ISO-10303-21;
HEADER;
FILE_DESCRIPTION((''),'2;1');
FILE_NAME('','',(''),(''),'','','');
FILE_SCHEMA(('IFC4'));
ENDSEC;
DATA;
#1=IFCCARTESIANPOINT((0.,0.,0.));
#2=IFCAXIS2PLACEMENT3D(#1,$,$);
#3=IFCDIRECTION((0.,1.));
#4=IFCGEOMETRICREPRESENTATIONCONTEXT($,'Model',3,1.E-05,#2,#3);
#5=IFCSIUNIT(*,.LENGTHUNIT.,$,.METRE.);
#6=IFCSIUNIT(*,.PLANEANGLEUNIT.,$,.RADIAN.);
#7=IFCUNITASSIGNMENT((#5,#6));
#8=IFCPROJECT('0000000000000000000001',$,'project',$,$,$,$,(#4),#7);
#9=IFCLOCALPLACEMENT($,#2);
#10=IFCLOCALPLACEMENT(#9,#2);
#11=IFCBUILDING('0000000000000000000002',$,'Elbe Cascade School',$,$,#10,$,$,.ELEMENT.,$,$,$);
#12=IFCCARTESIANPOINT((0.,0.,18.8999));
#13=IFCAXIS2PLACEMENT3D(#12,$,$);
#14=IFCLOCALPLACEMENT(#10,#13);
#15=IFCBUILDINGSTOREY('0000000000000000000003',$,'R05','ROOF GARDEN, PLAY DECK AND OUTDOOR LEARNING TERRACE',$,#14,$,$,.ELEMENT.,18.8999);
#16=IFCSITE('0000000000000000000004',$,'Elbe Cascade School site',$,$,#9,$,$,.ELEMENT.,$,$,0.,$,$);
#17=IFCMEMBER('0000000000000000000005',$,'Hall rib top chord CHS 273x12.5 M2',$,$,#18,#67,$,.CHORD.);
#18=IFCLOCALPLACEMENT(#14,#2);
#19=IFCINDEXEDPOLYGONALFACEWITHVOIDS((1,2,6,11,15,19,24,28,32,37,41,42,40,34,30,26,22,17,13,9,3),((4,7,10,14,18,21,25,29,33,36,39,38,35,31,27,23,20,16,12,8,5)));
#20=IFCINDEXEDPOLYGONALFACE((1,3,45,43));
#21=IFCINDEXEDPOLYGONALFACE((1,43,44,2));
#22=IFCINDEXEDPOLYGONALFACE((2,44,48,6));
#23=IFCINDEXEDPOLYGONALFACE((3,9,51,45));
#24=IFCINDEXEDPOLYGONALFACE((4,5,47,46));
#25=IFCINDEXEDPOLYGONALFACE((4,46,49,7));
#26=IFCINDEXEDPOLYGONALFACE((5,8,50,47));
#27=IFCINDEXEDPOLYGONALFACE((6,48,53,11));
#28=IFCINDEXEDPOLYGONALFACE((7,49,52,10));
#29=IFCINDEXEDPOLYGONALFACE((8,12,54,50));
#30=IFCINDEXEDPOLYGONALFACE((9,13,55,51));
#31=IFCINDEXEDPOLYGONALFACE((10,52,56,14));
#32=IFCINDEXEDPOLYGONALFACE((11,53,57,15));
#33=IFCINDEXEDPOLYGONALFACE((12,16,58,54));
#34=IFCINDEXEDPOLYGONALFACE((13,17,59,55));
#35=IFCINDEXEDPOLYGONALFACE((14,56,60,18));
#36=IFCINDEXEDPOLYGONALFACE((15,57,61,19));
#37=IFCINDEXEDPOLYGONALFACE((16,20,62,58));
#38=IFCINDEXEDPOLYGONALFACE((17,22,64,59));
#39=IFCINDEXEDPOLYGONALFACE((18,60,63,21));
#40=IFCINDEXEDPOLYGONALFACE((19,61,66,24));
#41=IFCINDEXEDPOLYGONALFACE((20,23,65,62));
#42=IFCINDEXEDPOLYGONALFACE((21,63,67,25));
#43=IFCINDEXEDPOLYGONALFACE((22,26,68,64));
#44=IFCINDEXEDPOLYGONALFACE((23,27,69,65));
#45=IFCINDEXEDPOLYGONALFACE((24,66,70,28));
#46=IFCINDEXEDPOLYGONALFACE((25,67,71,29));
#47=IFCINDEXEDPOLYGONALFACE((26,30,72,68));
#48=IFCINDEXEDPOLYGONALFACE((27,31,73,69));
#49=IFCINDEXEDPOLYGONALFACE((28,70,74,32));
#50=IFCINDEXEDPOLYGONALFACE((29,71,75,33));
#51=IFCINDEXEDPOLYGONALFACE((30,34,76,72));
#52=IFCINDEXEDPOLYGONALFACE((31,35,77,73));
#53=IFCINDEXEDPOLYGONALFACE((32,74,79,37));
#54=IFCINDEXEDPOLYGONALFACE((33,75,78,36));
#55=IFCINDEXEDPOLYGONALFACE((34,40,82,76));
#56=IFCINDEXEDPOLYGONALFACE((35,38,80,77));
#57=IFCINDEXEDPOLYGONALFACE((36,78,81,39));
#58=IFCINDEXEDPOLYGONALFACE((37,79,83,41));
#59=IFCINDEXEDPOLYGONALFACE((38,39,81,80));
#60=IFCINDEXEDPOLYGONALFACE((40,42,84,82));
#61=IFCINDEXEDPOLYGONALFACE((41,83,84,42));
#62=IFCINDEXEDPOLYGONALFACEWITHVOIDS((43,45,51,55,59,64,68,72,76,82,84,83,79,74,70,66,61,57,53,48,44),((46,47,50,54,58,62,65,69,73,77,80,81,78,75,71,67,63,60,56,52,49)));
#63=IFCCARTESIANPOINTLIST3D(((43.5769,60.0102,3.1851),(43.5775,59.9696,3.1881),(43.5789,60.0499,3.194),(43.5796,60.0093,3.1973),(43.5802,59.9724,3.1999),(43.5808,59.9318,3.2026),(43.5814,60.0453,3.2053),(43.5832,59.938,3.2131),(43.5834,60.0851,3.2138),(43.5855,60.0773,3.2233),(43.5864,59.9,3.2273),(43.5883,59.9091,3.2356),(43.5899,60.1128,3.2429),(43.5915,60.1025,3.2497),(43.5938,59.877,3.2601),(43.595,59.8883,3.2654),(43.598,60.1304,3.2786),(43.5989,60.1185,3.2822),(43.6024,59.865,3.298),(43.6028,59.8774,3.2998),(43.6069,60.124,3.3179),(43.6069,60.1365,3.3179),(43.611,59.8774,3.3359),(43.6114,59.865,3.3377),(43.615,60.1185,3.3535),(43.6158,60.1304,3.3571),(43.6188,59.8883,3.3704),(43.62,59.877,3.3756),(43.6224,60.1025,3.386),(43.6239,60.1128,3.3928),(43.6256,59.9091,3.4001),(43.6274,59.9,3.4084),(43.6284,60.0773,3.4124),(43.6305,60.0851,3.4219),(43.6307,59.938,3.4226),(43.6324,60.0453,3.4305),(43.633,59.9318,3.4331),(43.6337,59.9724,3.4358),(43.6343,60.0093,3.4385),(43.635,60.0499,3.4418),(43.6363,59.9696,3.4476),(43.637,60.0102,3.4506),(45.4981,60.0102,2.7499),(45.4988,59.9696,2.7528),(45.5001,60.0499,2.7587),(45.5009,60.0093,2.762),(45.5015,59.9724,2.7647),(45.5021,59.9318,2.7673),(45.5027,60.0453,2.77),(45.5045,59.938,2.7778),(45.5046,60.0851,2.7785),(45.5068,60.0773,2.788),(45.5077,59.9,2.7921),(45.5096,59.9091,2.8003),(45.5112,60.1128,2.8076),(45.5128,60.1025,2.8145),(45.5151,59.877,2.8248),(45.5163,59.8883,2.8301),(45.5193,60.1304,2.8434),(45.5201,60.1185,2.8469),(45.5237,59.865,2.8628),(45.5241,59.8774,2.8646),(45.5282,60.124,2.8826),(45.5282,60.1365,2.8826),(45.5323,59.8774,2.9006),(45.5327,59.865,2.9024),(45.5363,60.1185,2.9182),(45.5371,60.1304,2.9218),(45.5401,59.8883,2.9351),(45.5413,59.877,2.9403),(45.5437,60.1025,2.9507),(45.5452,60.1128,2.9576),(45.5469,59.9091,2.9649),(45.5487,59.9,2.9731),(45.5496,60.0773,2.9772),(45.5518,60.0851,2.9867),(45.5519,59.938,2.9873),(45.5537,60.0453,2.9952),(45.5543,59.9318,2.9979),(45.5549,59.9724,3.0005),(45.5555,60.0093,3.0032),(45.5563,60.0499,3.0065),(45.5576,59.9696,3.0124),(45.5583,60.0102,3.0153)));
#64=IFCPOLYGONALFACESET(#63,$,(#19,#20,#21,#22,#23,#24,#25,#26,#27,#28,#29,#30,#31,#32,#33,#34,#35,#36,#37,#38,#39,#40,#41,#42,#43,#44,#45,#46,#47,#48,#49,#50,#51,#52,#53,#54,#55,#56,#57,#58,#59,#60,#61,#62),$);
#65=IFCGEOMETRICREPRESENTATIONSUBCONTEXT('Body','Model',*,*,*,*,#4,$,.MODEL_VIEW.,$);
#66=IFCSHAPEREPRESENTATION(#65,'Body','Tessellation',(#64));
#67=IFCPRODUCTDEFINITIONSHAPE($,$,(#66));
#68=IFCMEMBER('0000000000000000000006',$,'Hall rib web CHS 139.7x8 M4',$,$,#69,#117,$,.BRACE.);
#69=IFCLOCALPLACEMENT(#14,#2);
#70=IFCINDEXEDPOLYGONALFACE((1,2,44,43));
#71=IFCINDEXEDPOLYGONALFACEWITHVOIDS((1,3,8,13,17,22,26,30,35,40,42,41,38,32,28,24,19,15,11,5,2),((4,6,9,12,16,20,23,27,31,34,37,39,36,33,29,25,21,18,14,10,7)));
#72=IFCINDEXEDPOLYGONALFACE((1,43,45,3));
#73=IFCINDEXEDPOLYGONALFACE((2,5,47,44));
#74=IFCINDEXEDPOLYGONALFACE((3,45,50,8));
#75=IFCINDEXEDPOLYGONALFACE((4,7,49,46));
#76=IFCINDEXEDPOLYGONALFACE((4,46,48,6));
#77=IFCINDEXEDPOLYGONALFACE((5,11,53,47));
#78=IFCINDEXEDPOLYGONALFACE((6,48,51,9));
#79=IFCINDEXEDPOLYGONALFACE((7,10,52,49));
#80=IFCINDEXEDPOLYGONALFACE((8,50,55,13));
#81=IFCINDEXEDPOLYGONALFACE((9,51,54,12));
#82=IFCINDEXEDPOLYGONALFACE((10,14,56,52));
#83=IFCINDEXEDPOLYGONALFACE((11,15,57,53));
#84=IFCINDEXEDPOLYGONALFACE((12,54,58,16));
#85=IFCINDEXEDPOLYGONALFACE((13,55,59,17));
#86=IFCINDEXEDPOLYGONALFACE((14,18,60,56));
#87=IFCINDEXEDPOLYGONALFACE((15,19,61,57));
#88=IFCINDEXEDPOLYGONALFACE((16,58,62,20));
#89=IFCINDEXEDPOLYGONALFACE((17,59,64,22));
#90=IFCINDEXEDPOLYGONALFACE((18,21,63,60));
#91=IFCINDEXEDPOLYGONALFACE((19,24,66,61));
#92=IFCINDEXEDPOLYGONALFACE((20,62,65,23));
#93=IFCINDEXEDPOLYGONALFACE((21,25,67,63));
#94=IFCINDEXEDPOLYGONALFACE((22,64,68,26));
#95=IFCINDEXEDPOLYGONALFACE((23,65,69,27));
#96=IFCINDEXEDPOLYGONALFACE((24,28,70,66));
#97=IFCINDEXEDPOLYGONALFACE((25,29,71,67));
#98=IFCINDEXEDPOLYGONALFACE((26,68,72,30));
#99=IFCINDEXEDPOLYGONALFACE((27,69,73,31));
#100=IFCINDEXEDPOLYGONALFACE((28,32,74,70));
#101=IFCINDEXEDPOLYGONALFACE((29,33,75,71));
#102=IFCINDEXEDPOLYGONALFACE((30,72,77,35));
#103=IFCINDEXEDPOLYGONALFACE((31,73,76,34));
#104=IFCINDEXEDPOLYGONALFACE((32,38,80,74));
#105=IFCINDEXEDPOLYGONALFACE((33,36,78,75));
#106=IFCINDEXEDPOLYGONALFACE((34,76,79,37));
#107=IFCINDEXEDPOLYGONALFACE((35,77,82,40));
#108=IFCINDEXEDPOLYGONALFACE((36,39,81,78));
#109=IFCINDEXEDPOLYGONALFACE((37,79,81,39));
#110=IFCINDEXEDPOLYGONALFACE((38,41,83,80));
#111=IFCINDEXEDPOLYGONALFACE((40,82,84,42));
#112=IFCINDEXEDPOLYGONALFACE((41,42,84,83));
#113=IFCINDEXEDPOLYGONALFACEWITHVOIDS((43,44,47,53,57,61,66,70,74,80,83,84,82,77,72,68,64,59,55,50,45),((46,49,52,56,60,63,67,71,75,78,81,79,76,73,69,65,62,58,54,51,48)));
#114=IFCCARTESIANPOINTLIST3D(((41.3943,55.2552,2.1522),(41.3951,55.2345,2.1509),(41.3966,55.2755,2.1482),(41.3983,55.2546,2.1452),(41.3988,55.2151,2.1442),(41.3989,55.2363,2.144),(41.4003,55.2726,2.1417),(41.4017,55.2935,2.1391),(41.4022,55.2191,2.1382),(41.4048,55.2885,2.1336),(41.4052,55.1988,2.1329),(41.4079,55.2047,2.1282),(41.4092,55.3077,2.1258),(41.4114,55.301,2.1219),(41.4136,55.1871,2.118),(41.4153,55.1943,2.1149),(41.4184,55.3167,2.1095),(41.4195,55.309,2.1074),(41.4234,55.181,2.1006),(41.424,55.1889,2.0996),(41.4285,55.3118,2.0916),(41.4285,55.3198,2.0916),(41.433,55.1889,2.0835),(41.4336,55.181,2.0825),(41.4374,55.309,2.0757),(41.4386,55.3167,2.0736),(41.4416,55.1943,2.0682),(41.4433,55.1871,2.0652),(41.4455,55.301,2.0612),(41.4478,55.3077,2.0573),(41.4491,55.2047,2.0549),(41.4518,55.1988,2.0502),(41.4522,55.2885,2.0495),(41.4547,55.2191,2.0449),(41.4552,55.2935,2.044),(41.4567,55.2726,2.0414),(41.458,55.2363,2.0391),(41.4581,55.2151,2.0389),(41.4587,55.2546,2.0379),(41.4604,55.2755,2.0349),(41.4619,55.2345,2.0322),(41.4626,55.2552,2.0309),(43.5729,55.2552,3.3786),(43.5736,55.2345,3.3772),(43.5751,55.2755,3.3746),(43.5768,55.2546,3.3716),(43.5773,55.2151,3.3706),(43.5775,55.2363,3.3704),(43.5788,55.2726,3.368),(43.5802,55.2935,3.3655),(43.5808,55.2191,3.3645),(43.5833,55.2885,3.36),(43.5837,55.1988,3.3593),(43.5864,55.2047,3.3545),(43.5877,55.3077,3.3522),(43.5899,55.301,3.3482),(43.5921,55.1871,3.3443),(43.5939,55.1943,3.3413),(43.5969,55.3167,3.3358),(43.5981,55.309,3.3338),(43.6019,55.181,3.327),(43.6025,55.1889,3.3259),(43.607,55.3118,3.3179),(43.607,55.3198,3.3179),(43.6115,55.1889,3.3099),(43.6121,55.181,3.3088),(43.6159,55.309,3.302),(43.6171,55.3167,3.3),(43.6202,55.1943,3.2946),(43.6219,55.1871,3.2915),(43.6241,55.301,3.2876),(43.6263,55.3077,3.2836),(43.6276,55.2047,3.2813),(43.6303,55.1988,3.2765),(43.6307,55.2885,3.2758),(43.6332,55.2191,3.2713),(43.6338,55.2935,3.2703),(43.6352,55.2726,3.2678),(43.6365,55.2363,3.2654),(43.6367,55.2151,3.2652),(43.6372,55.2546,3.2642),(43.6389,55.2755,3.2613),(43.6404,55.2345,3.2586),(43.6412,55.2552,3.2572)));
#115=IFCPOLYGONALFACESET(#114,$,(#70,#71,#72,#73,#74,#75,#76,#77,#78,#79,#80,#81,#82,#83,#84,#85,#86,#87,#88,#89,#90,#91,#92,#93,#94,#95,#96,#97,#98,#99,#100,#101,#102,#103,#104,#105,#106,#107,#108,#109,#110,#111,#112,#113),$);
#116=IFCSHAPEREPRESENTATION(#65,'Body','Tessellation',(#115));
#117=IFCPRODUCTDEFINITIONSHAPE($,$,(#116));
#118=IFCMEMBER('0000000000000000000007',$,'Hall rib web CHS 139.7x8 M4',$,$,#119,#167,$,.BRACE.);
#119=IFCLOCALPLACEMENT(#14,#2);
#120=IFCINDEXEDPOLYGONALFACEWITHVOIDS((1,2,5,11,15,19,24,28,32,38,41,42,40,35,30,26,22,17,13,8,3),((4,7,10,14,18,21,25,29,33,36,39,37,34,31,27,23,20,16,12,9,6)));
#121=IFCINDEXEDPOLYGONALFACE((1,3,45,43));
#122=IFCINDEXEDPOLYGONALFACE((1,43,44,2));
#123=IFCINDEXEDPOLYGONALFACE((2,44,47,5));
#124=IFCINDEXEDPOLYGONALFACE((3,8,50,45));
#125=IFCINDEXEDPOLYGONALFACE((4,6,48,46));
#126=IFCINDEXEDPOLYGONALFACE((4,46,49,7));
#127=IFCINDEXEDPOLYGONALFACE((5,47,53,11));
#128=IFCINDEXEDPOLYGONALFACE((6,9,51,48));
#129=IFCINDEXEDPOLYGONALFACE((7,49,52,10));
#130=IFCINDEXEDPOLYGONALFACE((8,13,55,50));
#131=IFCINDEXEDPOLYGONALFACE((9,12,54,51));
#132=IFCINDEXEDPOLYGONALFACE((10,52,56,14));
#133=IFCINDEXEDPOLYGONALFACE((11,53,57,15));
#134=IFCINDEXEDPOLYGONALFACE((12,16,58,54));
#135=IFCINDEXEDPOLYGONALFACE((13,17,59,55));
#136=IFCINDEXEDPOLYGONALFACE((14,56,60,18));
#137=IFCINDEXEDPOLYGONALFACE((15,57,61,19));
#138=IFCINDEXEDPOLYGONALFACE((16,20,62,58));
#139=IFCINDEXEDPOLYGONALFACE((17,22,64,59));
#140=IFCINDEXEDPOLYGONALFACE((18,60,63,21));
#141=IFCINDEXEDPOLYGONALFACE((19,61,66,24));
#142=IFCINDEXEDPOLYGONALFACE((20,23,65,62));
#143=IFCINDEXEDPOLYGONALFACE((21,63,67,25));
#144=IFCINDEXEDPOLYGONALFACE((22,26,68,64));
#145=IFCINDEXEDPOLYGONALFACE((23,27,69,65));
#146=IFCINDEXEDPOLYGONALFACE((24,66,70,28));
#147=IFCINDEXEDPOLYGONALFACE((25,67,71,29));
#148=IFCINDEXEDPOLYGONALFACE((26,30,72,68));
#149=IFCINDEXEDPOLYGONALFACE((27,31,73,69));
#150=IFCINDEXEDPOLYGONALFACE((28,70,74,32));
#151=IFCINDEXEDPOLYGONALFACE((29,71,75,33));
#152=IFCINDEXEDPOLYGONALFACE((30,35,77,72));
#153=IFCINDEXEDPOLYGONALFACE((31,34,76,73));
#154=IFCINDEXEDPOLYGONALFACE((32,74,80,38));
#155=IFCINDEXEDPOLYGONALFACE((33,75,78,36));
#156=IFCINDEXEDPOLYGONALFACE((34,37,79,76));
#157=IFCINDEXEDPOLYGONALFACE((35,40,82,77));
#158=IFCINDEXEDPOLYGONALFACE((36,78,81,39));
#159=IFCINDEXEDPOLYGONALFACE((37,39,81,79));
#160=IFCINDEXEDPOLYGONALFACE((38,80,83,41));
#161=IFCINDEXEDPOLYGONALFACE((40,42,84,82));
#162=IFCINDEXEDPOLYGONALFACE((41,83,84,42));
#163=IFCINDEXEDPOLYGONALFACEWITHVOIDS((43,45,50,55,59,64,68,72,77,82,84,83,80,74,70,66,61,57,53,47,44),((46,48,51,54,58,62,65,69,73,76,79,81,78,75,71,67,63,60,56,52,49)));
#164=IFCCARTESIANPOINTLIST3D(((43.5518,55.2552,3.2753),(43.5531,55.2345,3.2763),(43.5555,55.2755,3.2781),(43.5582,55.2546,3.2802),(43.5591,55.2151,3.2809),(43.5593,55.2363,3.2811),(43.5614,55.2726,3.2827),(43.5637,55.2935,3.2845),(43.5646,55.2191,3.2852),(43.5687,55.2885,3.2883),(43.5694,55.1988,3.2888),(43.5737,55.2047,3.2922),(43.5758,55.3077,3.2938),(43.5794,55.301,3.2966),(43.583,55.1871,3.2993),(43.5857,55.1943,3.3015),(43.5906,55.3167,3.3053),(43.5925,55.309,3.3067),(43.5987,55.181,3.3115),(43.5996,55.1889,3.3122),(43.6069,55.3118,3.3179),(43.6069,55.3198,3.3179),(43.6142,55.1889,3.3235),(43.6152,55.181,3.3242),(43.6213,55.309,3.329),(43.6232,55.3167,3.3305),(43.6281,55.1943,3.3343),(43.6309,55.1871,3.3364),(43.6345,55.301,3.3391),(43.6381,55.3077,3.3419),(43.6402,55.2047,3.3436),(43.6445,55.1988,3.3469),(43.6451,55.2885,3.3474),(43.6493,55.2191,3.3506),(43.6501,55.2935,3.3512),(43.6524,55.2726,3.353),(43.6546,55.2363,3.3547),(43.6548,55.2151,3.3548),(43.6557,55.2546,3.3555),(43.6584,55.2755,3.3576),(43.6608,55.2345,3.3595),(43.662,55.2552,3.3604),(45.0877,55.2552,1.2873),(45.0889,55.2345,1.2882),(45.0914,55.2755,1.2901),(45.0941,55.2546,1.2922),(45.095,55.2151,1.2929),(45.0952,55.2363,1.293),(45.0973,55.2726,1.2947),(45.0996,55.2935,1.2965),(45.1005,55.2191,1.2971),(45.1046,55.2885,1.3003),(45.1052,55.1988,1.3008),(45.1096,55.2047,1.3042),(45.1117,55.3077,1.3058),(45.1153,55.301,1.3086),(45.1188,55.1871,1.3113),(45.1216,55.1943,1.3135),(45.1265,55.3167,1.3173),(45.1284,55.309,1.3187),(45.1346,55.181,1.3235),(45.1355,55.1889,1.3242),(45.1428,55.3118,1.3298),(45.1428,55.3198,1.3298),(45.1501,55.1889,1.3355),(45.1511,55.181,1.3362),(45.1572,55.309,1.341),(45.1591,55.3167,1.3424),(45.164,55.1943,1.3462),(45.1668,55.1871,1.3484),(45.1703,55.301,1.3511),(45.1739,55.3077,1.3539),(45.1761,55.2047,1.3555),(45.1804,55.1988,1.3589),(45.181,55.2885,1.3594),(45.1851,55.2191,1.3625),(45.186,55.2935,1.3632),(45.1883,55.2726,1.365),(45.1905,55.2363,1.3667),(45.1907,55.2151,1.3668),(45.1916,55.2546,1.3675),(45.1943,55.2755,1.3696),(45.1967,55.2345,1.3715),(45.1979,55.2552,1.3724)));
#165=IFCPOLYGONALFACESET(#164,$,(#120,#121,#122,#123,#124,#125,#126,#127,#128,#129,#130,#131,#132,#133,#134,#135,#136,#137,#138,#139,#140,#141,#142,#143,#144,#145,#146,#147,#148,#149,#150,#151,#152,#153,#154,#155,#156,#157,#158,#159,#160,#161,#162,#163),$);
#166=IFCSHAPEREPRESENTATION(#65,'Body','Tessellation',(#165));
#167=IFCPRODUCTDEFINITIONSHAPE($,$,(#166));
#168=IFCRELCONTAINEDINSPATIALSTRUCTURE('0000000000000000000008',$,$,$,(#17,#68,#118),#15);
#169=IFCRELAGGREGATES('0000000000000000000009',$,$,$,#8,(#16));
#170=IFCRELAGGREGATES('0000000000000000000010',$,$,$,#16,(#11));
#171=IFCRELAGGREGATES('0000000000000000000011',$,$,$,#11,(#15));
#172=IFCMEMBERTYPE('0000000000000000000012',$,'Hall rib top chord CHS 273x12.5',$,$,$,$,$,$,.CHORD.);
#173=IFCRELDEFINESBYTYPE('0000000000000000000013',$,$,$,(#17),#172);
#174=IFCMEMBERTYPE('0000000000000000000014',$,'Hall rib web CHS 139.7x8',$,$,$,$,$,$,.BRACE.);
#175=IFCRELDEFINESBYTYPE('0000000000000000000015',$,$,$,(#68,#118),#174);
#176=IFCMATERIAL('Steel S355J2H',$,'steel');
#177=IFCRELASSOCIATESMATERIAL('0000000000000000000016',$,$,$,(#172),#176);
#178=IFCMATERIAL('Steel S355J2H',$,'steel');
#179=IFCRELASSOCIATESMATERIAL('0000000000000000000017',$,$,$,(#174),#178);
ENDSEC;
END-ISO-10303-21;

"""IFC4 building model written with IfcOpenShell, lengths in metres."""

from ifc_helpers import new_model, si_unit, direction, frame, origin, origin_2d, place, context, subcontext, project, spatial, hollow_circle, extrude, material, material_profile, profile_set, type_object, element, save


model = new_model("IFC4")

# Units and contexts
model_context = context("Model", 3, precision=1e-05, world=origin(), true_north=direction((0.0, 1.0)))
body_context = subcontext(model_context, "Body", "Model", "MODEL_VIEW")
ifc_project = project(units=[si_unit("LENGTHUNIT", "METRE"), si_unit("PLANEANGLEUNIT", "RADIAN")], contexts=[model_context])

# Site, building, storey
site_placement = place(None, origin())
site = spatial("IfcSite", under=ifc_project, at=site_placement, Name="Elbe Cascade School site", CompositionType="ELEMENT", RefElevation=0.0)
building_placement = place(site_placement, origin())
building = spatial("IfcBuilding", under=site, at=building_placement, Name="Elbe Cascade School", CompositionType="ELEMENT")
storey_placement = place(building_placement, frame((0.0, 0.0, 18.8999)))
storey = spatial("IfcBuildingStorey", under=building, at=storey_placement, Name="R05", Description="ROOF GARDEN, PLAY DECK AND OUTDOOR LEARNING TERRACE", CompositionType="ELEMENT", Elevation=18.8999)

# Members
ifc_material_1 = material(Name="Steel S355J2H", Category="steel")
ifc_material_profile_1 = material_profile(ifc_material_1, hollow_circle(Radius=0.1365, WallThickness=0.0125, at=origin_2d()), Name="CHS 273x12.5")
ifc_profile_set_1 = profile_set([ifc_material_profile_1], Name="Steel S355J2H")
member_type_1 = type_object("IfcMemberType", Name="Hall rib top chord CHS 273x12.5", PredefinedType="CHORD", material=ifc_profile_set_1)
member_1_placement = place(storey_placement, frame((43.6069, 60.0, 3.3179), z_axis=(0.975284, 0.0, -0.220957), x_axis=(0.0, 1.0, 0.0)))
element("IfcMember", 1, at=member_1_placement, inside=storey, type_object=member_type_1, Name="Hall rib top chord CHS 273x12.5 M2", PredefinedType="CHORD", context=body_context, shape_type="SweptSolid", body=[
    extrude(hollow_circle(Radius=0.1365, WallThickness=0.0125, at=origin_2d()), origin(), (0.0, 0.0, 1.0), 1.97),
])
ifc_material_2 = material(Name="Steel S355J2H", Category="steel")
ifc_material_profile_2 = material_profile(ifc_material_2, hollow_circle(Radius=0.0698, WallThickness=0.0081, at=origin_2d()), Name="CHS 139.7x8")
ifc_profile_set_2 = profile_set([ifc_material_profile_2], Name="Steel S355J2H")
member_type_2 = type_object("IfcMemberType", Name="Hall rib web CHS 139.7x8", PredefinedType="BRACE", material=ifc_profile_set_2)
member_2_placement = place(storey_placement, frame((41.4285, 55.25, 2.0916), z_axis=(0.871416, 0.0, 0.490544), x_axis=(0.0, 1.0, 0.0)))
element("IfcMember", 2, at=member_2_placement, inside=storey, type_object=member_type_2, Name="Hall rib web CHS 139.7x8 M4", PredefinedType="BRACE", context=body_context, shape_type="SweptSolid", body=[
    extrude(hollow_circle(Radius=0.0698, WallThickness=0.0081, at=origin_2d()), origin(), (0.0, 0.0, 1.0), 2.5),
])
member_3_placement = place(storey_placement, frame((43.6069, 55.25, 3.3179), z_axis=(0.611367, 0.0, -0.791347), x_axis=(0.0, 1.0, 0.0)))
element("IfcMember", 3, at=member_3_placement, inside=storey, type_object=member_type_2, Name="Hall rib web CHS 139.7x8 M4", PredefinedType="BRACE", context=body_context, shape_type="SweptSolid", body=[
    extrude(hollow_circle(Radius=0.0698, WallThickness=0.0081, at=origin_2d()), origin(), (0.0, 0.0, 1.0), 2.5122),
])

save(model, "model.ifc")
